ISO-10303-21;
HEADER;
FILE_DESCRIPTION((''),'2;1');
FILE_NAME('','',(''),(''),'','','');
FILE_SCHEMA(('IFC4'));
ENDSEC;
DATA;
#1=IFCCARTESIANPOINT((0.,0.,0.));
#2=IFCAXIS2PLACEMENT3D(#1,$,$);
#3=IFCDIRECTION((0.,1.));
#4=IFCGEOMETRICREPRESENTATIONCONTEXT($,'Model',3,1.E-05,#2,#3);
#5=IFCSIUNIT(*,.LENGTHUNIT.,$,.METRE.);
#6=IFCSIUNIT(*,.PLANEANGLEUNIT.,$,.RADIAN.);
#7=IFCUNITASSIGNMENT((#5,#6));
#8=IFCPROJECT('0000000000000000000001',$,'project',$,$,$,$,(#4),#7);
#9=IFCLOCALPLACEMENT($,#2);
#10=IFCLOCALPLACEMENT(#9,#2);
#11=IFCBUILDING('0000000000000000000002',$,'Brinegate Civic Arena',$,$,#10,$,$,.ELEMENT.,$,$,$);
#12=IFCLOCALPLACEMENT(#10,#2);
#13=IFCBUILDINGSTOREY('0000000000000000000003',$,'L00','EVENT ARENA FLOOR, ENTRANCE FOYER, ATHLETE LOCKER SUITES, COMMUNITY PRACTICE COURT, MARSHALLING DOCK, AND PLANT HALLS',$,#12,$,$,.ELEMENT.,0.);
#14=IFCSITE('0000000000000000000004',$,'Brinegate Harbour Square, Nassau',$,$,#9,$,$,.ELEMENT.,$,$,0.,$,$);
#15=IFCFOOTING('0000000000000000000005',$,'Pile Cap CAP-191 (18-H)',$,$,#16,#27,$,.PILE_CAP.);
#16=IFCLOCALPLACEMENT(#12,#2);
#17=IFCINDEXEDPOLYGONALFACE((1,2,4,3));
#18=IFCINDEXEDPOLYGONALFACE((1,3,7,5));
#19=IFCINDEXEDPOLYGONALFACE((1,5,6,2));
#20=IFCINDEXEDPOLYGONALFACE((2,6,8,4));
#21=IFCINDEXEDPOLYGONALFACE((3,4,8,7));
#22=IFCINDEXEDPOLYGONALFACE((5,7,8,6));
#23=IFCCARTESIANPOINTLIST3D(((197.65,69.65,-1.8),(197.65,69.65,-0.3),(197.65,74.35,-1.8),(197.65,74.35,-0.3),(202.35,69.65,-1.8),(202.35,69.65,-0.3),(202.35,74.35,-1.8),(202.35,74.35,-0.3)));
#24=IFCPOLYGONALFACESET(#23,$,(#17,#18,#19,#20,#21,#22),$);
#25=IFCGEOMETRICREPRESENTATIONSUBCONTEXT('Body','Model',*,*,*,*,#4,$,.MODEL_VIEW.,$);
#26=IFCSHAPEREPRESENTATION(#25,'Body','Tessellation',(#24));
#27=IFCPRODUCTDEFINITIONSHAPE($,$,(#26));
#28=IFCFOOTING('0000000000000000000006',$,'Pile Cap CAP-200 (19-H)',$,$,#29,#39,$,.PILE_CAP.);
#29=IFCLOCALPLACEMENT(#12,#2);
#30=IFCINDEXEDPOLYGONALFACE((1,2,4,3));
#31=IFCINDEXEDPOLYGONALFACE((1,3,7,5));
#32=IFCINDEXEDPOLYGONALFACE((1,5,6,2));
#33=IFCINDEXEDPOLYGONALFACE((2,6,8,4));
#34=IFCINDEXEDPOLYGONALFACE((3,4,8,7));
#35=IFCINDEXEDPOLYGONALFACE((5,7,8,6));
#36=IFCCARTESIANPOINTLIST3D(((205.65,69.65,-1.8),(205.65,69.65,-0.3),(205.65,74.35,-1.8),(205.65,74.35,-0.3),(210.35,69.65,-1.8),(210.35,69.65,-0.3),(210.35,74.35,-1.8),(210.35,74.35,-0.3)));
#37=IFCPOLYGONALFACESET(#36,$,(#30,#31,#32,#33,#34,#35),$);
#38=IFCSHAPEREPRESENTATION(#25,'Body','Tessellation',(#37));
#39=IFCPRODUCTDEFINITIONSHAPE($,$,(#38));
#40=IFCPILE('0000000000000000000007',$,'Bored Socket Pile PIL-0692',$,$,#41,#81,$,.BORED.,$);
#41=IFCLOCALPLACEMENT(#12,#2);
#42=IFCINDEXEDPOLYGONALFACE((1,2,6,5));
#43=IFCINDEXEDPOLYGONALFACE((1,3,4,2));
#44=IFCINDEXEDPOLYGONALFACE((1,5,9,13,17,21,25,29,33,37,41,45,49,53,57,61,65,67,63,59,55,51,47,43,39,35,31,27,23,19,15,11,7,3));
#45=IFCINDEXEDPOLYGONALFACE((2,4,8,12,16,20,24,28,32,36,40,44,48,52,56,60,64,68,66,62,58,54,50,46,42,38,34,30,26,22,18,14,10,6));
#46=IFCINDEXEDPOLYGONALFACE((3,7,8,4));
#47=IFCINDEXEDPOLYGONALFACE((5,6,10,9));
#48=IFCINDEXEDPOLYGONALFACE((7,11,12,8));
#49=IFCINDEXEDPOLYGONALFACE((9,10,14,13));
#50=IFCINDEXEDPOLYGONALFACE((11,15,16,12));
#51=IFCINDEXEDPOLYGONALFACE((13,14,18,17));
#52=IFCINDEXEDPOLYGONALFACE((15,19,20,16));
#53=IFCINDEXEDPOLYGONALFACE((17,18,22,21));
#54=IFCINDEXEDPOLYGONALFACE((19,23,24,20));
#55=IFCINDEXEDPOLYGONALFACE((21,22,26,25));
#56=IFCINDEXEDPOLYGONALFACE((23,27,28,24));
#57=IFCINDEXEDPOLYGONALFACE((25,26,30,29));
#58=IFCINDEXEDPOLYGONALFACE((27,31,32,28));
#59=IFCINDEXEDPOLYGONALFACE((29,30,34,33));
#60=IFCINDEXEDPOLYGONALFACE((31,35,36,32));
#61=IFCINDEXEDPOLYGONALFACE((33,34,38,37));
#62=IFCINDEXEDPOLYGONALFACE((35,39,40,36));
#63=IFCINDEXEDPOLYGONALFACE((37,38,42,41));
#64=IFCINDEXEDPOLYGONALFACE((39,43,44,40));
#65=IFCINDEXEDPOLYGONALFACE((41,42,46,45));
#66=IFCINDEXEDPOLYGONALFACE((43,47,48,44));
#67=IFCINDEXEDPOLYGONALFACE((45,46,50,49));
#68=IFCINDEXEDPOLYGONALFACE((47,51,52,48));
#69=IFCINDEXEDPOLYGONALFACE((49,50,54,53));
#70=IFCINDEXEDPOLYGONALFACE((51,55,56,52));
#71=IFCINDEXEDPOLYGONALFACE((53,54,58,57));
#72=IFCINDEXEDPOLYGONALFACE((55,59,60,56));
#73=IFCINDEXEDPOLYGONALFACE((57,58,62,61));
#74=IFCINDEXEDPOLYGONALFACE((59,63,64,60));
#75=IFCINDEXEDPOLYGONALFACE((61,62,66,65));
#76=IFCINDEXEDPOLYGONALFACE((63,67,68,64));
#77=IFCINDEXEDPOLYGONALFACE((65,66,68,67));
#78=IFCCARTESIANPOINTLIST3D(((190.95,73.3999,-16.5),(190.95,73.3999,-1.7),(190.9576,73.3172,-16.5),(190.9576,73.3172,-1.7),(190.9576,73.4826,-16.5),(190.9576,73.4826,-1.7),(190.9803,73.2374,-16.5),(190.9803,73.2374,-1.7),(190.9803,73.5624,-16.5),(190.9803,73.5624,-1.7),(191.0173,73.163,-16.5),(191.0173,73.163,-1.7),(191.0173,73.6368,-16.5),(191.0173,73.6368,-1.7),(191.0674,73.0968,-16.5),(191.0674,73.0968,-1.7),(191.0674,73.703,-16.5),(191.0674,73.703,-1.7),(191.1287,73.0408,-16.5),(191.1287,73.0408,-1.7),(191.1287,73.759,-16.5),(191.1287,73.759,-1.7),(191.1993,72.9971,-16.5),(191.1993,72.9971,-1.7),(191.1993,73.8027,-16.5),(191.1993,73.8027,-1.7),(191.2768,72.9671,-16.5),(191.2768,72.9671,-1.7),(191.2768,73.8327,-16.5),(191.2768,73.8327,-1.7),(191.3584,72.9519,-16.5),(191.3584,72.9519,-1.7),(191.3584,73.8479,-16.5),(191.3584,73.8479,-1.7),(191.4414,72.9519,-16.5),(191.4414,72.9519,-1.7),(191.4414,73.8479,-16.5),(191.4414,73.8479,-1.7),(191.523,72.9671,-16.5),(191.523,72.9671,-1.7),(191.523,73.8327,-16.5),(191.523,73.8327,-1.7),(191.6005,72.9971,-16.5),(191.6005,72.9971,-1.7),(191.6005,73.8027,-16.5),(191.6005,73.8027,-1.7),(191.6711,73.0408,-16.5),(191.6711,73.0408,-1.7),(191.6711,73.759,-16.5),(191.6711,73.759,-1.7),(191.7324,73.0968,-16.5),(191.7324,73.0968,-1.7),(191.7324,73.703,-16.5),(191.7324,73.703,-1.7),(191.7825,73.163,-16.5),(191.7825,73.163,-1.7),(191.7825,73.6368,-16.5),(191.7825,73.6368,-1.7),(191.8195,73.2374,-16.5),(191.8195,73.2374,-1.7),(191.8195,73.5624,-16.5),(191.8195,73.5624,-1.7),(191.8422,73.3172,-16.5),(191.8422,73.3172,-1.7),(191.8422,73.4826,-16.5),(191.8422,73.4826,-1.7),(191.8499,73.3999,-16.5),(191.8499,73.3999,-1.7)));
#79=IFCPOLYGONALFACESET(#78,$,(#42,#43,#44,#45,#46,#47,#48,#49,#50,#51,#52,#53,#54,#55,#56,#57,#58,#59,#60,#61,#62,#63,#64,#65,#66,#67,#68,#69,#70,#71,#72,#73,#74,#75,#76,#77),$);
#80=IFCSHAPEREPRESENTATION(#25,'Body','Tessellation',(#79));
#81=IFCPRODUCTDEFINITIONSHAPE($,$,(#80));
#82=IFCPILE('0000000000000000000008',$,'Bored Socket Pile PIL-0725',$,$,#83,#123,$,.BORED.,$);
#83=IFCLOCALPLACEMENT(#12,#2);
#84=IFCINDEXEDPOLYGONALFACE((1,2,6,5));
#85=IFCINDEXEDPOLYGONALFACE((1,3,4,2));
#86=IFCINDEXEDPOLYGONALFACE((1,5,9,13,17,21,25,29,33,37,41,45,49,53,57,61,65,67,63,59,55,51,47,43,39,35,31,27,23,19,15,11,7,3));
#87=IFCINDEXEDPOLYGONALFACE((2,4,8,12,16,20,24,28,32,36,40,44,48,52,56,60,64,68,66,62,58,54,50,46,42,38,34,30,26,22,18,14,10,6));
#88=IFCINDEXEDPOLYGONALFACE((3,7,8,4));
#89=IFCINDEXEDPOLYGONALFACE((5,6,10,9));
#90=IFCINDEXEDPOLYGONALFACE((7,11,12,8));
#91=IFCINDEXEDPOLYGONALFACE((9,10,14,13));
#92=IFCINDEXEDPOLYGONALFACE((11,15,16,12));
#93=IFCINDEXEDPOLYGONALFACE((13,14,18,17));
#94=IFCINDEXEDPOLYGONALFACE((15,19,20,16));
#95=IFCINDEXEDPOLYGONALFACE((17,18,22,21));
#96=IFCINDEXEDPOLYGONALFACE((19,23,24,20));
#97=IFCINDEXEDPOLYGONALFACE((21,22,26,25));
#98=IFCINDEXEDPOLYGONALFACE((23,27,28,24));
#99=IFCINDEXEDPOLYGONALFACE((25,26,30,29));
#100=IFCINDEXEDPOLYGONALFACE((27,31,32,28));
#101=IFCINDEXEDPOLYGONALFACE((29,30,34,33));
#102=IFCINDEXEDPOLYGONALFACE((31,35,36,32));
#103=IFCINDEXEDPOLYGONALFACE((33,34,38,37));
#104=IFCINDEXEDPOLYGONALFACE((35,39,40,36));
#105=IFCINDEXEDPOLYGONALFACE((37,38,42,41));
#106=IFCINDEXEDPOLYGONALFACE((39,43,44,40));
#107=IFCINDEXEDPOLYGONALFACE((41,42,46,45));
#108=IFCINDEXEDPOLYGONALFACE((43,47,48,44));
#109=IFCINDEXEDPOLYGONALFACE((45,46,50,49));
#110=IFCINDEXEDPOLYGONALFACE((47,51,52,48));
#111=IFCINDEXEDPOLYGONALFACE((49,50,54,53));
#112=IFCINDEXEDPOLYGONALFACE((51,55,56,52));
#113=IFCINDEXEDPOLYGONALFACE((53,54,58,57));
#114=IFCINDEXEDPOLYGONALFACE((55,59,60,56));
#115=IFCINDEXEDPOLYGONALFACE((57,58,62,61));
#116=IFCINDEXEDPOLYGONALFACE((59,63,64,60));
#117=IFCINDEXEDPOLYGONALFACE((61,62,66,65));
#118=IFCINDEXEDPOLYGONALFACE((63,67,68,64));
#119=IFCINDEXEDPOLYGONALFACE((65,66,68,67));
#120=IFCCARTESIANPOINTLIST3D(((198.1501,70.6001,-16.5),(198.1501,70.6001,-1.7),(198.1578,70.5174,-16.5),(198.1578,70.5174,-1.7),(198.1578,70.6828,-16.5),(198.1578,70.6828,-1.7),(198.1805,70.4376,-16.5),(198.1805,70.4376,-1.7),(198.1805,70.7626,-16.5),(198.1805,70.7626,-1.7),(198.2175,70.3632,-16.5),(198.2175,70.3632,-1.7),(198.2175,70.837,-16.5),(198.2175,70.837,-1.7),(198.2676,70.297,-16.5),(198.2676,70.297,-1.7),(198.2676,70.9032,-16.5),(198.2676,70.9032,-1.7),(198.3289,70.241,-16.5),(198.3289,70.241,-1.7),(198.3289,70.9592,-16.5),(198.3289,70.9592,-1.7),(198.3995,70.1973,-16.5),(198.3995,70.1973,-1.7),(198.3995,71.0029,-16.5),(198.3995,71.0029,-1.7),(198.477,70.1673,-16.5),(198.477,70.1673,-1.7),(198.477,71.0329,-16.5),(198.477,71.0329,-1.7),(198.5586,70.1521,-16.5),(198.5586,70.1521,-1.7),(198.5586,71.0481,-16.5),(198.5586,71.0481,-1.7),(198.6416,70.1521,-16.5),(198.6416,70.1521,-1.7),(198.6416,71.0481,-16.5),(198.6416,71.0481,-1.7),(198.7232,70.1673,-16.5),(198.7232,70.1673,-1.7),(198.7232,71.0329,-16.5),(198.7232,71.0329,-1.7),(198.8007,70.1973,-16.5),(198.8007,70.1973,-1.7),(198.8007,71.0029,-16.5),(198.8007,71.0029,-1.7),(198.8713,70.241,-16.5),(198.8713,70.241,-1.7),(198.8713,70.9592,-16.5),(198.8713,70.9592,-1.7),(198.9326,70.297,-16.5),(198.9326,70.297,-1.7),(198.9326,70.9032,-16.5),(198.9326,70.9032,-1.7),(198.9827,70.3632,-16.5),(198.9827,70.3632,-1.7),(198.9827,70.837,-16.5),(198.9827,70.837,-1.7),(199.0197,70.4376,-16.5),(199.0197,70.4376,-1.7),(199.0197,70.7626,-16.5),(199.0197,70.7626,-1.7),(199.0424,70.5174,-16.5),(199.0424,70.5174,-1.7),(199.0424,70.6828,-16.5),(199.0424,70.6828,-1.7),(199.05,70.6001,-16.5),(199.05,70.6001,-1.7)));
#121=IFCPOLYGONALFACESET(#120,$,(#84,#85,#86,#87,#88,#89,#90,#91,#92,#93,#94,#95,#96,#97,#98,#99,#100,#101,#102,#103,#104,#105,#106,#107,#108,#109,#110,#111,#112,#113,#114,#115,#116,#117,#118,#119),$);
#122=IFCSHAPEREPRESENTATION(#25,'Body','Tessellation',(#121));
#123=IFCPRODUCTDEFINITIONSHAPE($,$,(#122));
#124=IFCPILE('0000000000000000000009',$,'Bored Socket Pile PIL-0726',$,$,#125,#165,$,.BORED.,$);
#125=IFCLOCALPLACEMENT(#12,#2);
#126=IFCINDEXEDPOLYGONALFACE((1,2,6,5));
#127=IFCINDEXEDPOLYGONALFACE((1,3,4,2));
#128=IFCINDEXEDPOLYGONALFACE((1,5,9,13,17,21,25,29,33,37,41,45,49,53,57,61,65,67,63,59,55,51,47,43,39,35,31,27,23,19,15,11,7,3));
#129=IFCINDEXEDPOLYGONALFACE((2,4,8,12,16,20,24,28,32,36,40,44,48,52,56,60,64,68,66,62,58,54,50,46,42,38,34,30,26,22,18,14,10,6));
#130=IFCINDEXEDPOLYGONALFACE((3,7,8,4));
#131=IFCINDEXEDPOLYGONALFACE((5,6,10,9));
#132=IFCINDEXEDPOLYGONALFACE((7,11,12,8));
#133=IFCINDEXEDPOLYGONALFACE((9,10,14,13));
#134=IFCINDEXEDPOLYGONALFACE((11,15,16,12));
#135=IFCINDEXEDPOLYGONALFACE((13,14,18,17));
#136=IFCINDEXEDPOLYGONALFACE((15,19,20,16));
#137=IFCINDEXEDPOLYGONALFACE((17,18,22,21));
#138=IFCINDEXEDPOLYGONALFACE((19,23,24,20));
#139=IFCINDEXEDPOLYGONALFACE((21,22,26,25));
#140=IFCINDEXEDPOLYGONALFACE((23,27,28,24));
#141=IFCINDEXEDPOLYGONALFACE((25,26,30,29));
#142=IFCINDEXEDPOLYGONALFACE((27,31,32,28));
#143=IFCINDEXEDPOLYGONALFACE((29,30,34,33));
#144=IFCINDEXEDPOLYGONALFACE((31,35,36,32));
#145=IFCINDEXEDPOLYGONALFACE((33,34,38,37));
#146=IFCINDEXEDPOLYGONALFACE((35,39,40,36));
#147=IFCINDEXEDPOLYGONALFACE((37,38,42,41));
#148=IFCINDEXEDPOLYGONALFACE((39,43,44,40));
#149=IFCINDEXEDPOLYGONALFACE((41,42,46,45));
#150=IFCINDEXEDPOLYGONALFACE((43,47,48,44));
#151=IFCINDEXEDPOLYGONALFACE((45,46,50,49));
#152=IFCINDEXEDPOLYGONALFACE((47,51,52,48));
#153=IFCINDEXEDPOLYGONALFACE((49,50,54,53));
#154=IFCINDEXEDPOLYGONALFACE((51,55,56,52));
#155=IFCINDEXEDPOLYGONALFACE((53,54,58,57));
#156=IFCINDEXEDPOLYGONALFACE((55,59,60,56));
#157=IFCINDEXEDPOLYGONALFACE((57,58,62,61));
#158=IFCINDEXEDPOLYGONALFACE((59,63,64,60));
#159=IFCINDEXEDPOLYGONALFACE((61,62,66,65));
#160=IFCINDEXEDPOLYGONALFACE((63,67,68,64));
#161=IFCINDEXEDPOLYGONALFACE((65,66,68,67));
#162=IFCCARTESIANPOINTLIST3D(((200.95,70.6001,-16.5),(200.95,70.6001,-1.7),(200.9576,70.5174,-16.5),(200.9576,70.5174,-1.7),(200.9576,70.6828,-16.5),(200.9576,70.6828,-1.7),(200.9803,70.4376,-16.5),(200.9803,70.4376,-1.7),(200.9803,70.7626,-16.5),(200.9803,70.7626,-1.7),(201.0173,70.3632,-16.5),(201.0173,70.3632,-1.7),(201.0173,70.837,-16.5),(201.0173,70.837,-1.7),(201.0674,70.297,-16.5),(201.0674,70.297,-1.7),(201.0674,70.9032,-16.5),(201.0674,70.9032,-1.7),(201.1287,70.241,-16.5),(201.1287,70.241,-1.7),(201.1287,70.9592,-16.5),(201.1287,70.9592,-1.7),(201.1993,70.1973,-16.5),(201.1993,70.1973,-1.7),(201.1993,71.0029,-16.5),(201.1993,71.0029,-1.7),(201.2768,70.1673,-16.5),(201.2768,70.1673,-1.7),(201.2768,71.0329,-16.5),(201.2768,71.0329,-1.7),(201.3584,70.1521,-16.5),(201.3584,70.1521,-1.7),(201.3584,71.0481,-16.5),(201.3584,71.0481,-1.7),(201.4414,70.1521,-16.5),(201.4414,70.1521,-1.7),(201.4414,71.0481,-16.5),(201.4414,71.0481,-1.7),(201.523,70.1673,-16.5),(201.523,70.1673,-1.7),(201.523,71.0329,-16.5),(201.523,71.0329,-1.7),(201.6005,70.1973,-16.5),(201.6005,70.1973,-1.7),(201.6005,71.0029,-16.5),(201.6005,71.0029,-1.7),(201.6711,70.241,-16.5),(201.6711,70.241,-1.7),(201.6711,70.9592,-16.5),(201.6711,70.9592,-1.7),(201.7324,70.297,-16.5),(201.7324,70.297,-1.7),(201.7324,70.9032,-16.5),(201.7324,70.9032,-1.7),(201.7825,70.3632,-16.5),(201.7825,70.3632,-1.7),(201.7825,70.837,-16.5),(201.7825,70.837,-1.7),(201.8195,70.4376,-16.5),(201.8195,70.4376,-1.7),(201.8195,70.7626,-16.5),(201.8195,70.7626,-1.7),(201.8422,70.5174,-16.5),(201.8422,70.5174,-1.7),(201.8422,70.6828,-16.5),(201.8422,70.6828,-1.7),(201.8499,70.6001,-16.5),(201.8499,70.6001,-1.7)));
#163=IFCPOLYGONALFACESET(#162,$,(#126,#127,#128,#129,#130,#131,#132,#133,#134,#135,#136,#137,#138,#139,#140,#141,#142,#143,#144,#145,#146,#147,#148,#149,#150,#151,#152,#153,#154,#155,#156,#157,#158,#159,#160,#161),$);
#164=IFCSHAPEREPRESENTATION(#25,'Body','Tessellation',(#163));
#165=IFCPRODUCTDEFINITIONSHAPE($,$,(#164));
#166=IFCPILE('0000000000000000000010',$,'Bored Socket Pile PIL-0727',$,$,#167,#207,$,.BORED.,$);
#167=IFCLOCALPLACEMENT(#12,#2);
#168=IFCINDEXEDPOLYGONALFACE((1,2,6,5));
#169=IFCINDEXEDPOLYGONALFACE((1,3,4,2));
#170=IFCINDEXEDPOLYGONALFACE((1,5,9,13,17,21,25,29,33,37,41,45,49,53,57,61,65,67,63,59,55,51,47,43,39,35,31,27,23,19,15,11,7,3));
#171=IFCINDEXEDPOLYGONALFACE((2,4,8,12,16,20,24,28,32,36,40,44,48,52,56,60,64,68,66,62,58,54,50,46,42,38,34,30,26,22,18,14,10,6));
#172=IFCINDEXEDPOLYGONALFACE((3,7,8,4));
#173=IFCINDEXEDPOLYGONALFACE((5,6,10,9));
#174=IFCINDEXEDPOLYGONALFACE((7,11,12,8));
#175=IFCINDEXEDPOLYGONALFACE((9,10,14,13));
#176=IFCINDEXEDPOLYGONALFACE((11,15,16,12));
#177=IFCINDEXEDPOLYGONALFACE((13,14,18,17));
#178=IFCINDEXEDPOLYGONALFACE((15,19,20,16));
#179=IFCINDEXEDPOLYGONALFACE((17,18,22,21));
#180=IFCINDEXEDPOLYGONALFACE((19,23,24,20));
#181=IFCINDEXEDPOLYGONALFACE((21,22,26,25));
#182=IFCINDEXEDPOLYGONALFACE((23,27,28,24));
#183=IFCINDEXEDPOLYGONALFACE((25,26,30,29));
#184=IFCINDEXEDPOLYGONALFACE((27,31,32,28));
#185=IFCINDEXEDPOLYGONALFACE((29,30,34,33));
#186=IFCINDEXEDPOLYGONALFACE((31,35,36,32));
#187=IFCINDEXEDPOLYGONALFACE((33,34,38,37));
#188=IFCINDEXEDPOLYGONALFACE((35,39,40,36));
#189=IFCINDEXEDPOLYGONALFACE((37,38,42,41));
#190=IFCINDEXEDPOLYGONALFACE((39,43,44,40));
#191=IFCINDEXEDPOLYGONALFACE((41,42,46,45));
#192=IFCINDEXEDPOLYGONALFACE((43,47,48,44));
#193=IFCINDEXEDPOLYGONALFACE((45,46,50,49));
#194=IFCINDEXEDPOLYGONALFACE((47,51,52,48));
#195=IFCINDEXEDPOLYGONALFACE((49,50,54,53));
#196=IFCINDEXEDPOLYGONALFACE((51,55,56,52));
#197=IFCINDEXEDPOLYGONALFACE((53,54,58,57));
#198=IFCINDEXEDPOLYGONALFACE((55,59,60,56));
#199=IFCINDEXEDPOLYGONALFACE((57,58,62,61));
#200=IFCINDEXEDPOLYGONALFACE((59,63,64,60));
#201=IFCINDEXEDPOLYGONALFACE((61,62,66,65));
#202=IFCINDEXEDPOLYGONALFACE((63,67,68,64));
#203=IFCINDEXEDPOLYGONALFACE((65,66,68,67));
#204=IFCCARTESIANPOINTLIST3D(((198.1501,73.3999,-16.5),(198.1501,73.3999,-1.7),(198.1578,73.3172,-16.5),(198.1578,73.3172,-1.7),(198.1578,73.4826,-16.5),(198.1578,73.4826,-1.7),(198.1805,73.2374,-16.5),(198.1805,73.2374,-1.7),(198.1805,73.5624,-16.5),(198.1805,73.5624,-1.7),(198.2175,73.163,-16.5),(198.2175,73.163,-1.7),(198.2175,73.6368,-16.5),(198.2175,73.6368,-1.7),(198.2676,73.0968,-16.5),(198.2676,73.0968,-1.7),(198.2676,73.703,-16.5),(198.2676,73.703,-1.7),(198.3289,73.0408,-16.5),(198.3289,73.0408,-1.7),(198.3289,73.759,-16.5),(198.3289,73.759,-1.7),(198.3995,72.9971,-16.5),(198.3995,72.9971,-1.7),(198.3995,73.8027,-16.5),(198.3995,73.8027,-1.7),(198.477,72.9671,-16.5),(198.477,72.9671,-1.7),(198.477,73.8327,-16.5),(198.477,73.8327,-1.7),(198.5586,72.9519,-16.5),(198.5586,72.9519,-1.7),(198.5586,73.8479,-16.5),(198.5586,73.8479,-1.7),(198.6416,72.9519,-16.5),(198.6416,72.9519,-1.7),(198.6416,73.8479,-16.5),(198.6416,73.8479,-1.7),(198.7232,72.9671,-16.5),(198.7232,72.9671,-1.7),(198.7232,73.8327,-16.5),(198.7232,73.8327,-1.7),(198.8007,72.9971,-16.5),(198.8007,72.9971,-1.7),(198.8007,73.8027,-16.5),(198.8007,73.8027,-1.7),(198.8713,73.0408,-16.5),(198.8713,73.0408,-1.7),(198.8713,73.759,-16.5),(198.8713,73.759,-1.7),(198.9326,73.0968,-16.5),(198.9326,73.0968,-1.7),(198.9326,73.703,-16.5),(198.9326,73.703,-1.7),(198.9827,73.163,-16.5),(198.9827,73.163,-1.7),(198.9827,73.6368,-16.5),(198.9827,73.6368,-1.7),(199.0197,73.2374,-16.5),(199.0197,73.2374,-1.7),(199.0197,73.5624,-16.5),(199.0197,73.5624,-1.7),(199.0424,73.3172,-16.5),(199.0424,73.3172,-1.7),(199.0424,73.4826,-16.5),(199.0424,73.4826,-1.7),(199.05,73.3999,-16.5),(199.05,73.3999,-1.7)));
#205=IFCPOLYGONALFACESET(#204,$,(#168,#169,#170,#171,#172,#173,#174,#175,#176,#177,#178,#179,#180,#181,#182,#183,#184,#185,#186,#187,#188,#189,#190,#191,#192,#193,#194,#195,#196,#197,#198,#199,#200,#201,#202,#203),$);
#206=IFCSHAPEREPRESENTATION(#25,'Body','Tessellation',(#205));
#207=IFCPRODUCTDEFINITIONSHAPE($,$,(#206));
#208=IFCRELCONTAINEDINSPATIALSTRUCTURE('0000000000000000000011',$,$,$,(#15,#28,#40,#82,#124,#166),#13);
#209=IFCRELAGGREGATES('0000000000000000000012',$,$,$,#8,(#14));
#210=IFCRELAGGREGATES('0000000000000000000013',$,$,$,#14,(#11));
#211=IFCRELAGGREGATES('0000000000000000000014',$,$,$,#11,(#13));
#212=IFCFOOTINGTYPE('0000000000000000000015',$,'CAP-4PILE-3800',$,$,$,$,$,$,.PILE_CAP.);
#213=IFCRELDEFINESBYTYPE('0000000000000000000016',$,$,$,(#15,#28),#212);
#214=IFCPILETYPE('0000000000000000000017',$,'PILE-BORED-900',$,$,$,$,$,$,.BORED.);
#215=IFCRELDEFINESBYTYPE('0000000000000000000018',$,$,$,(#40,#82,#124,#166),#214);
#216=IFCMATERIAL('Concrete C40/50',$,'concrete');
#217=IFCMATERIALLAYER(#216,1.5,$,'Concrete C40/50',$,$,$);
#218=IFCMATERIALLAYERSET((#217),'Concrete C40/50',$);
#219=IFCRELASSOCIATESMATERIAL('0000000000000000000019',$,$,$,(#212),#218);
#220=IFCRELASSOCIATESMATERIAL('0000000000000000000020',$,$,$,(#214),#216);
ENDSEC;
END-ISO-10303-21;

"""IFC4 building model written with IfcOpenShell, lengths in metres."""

from ifc_helpers import new_model, si_unit, direction, frame, origin, origin_2d, place, context, subcontext, project, spatial, rectangle, circle, extrude, material, layer, layer_set, material_profile, profile_set, type_object, element, save


model = new_model("IFC4")

# Units and contexts
model_context = context("Model", 3, precision=1e-05, world=origin(), true_north=direction((0.0, 1.0)))
body_context = subcontext(model_context, "Body", "Model", "MODEL_VIEW")
ifc_project = project(units=[si_unit("LENGTHUNIT", "METRE"), si_unit("PLANEANGLEUNIT", "RADIAN")], contexts=[model_context])

# Site, building, storey
site_placement = place(None, origin())
site = spatial("IfcSite", under=ifc_project, at=site_placement, Name="Brinegate Harbour Square, Nassau", CompositionType="ELEMENT", RefElevation=0.0)
building_placement = place(site_placement, origin())
building = spatial("IfcBuilding", under=site, at=building_placement, Name="Brinegate Civic Arena", CompositionType="ELEMENT")
storey_placement = place(building_placement, origin())
storey = spatial("IfcBuildingStorey", under=building, at=storey_placement, Name="L00", Description="EVENT ARENA FLOOR, ENTRANCE FOYER, ATHLETE LOCKER SUITES, COMMUNITY PRACTICE COURT, MARSHALLING DOCK, AND PLANT HALLS", CompositionType="ELEMENT", Elevation=0.0)

# Footings
ifc_material_1 = material(Name="Concrete C40/50", Category="concrete")
ifc_layer_1 = layer(ifc_material_1, 1.5, Name="Concrete C40/50")
ifc_layer_set_1 = layer_set([ifc_layer_1], Name="Concrete C40/50")
footing_type_1 = type_object("IfcFootingType", Name="CAP-4PILE-3800", PredefinedType="PILE_CAP", material=ifc_layer_set_1)
for number, where, z_axis, x_axis, name in (
    (1, (200.0, 72.0, -1.8), (0.0, 0.0, 1.0), (1.0, 0.0, 0.0), "Pile Cap CAP-191 (18-H)"),
    (2, (208.0, 72.0, -1.8), (0.0, 0.0, 1.0), (1.0, 0.0, 0.0), "Pile Cap CAP-200 (19-H)"),
):
    element("IfcFooting", number, at=place(storey_placement, frame(where, z_axis=z_axis, x_axis=x_axis)), inside=storey, type_object=footing_type_1, Name=name, PredefinedType="PILE_CAP", context=body_context, shape_type="SweptSolid", body=[
        extrude(rectangle(XDim=4.7, YDim=4.7, at=origin_2d()), origin(), (0.0, 0.0, 1.0), 1.5),
    ])

# Piles
ifc_material_profile_1 = material_profile(ifc_material_1, circle(Radius=0.45, at=origin_2d()), Name="PILED900")
ifc_profile_set_1 = profile_set([ifc_material_profile_1], Name="Concrete C40/50")
pile_type = type_object("IfcPileType", Name="PILE-BORED-900", PredefinedType="BORED", material=ifc_profile_set_1)
for number, where, z_axis, x_axis, name in (
    (3, (191.3999, 73.3999, -1.7), (0.0, 0.0, -1.0), (1.0, 0.0, 0.0), "Bored Socket Pile PIL-0692"),
    (4, (198.6001, 70.6001, -1.7), (0.0, 0.0, -1.0), (1.0, 0.0, 0.0), "Bored Socket Pile PIL-0725"),
    (5, (201.3999, 70.6001, -1.7), (0.0, 0.0, -1.0), (1.0, 0.0, 0.0), "Bored Socket Pile PIL-0726"),
    (6, (198.6001, 73.3999, -1.7), (0.0, 0.0, -1.0), (1.0, 0.0, 0.0), "Bored Socket Pile PIL-0727"),
):
    element("IfcPile", number, at=place(storey_placement, frame(where, z_axis=z_axis, x_axis=x_axis)), inside=storey, type_object=pile_type, Name=name, PredefinedType="BORED", context=body_context, shape_type="SweptSolid", body=[
        extrude(circle(Radius=0.45, at=origin_2d()), origin(), (0.0, 0.0, 1.0), 14.8),
    ])

save(model, "model.ifc")
